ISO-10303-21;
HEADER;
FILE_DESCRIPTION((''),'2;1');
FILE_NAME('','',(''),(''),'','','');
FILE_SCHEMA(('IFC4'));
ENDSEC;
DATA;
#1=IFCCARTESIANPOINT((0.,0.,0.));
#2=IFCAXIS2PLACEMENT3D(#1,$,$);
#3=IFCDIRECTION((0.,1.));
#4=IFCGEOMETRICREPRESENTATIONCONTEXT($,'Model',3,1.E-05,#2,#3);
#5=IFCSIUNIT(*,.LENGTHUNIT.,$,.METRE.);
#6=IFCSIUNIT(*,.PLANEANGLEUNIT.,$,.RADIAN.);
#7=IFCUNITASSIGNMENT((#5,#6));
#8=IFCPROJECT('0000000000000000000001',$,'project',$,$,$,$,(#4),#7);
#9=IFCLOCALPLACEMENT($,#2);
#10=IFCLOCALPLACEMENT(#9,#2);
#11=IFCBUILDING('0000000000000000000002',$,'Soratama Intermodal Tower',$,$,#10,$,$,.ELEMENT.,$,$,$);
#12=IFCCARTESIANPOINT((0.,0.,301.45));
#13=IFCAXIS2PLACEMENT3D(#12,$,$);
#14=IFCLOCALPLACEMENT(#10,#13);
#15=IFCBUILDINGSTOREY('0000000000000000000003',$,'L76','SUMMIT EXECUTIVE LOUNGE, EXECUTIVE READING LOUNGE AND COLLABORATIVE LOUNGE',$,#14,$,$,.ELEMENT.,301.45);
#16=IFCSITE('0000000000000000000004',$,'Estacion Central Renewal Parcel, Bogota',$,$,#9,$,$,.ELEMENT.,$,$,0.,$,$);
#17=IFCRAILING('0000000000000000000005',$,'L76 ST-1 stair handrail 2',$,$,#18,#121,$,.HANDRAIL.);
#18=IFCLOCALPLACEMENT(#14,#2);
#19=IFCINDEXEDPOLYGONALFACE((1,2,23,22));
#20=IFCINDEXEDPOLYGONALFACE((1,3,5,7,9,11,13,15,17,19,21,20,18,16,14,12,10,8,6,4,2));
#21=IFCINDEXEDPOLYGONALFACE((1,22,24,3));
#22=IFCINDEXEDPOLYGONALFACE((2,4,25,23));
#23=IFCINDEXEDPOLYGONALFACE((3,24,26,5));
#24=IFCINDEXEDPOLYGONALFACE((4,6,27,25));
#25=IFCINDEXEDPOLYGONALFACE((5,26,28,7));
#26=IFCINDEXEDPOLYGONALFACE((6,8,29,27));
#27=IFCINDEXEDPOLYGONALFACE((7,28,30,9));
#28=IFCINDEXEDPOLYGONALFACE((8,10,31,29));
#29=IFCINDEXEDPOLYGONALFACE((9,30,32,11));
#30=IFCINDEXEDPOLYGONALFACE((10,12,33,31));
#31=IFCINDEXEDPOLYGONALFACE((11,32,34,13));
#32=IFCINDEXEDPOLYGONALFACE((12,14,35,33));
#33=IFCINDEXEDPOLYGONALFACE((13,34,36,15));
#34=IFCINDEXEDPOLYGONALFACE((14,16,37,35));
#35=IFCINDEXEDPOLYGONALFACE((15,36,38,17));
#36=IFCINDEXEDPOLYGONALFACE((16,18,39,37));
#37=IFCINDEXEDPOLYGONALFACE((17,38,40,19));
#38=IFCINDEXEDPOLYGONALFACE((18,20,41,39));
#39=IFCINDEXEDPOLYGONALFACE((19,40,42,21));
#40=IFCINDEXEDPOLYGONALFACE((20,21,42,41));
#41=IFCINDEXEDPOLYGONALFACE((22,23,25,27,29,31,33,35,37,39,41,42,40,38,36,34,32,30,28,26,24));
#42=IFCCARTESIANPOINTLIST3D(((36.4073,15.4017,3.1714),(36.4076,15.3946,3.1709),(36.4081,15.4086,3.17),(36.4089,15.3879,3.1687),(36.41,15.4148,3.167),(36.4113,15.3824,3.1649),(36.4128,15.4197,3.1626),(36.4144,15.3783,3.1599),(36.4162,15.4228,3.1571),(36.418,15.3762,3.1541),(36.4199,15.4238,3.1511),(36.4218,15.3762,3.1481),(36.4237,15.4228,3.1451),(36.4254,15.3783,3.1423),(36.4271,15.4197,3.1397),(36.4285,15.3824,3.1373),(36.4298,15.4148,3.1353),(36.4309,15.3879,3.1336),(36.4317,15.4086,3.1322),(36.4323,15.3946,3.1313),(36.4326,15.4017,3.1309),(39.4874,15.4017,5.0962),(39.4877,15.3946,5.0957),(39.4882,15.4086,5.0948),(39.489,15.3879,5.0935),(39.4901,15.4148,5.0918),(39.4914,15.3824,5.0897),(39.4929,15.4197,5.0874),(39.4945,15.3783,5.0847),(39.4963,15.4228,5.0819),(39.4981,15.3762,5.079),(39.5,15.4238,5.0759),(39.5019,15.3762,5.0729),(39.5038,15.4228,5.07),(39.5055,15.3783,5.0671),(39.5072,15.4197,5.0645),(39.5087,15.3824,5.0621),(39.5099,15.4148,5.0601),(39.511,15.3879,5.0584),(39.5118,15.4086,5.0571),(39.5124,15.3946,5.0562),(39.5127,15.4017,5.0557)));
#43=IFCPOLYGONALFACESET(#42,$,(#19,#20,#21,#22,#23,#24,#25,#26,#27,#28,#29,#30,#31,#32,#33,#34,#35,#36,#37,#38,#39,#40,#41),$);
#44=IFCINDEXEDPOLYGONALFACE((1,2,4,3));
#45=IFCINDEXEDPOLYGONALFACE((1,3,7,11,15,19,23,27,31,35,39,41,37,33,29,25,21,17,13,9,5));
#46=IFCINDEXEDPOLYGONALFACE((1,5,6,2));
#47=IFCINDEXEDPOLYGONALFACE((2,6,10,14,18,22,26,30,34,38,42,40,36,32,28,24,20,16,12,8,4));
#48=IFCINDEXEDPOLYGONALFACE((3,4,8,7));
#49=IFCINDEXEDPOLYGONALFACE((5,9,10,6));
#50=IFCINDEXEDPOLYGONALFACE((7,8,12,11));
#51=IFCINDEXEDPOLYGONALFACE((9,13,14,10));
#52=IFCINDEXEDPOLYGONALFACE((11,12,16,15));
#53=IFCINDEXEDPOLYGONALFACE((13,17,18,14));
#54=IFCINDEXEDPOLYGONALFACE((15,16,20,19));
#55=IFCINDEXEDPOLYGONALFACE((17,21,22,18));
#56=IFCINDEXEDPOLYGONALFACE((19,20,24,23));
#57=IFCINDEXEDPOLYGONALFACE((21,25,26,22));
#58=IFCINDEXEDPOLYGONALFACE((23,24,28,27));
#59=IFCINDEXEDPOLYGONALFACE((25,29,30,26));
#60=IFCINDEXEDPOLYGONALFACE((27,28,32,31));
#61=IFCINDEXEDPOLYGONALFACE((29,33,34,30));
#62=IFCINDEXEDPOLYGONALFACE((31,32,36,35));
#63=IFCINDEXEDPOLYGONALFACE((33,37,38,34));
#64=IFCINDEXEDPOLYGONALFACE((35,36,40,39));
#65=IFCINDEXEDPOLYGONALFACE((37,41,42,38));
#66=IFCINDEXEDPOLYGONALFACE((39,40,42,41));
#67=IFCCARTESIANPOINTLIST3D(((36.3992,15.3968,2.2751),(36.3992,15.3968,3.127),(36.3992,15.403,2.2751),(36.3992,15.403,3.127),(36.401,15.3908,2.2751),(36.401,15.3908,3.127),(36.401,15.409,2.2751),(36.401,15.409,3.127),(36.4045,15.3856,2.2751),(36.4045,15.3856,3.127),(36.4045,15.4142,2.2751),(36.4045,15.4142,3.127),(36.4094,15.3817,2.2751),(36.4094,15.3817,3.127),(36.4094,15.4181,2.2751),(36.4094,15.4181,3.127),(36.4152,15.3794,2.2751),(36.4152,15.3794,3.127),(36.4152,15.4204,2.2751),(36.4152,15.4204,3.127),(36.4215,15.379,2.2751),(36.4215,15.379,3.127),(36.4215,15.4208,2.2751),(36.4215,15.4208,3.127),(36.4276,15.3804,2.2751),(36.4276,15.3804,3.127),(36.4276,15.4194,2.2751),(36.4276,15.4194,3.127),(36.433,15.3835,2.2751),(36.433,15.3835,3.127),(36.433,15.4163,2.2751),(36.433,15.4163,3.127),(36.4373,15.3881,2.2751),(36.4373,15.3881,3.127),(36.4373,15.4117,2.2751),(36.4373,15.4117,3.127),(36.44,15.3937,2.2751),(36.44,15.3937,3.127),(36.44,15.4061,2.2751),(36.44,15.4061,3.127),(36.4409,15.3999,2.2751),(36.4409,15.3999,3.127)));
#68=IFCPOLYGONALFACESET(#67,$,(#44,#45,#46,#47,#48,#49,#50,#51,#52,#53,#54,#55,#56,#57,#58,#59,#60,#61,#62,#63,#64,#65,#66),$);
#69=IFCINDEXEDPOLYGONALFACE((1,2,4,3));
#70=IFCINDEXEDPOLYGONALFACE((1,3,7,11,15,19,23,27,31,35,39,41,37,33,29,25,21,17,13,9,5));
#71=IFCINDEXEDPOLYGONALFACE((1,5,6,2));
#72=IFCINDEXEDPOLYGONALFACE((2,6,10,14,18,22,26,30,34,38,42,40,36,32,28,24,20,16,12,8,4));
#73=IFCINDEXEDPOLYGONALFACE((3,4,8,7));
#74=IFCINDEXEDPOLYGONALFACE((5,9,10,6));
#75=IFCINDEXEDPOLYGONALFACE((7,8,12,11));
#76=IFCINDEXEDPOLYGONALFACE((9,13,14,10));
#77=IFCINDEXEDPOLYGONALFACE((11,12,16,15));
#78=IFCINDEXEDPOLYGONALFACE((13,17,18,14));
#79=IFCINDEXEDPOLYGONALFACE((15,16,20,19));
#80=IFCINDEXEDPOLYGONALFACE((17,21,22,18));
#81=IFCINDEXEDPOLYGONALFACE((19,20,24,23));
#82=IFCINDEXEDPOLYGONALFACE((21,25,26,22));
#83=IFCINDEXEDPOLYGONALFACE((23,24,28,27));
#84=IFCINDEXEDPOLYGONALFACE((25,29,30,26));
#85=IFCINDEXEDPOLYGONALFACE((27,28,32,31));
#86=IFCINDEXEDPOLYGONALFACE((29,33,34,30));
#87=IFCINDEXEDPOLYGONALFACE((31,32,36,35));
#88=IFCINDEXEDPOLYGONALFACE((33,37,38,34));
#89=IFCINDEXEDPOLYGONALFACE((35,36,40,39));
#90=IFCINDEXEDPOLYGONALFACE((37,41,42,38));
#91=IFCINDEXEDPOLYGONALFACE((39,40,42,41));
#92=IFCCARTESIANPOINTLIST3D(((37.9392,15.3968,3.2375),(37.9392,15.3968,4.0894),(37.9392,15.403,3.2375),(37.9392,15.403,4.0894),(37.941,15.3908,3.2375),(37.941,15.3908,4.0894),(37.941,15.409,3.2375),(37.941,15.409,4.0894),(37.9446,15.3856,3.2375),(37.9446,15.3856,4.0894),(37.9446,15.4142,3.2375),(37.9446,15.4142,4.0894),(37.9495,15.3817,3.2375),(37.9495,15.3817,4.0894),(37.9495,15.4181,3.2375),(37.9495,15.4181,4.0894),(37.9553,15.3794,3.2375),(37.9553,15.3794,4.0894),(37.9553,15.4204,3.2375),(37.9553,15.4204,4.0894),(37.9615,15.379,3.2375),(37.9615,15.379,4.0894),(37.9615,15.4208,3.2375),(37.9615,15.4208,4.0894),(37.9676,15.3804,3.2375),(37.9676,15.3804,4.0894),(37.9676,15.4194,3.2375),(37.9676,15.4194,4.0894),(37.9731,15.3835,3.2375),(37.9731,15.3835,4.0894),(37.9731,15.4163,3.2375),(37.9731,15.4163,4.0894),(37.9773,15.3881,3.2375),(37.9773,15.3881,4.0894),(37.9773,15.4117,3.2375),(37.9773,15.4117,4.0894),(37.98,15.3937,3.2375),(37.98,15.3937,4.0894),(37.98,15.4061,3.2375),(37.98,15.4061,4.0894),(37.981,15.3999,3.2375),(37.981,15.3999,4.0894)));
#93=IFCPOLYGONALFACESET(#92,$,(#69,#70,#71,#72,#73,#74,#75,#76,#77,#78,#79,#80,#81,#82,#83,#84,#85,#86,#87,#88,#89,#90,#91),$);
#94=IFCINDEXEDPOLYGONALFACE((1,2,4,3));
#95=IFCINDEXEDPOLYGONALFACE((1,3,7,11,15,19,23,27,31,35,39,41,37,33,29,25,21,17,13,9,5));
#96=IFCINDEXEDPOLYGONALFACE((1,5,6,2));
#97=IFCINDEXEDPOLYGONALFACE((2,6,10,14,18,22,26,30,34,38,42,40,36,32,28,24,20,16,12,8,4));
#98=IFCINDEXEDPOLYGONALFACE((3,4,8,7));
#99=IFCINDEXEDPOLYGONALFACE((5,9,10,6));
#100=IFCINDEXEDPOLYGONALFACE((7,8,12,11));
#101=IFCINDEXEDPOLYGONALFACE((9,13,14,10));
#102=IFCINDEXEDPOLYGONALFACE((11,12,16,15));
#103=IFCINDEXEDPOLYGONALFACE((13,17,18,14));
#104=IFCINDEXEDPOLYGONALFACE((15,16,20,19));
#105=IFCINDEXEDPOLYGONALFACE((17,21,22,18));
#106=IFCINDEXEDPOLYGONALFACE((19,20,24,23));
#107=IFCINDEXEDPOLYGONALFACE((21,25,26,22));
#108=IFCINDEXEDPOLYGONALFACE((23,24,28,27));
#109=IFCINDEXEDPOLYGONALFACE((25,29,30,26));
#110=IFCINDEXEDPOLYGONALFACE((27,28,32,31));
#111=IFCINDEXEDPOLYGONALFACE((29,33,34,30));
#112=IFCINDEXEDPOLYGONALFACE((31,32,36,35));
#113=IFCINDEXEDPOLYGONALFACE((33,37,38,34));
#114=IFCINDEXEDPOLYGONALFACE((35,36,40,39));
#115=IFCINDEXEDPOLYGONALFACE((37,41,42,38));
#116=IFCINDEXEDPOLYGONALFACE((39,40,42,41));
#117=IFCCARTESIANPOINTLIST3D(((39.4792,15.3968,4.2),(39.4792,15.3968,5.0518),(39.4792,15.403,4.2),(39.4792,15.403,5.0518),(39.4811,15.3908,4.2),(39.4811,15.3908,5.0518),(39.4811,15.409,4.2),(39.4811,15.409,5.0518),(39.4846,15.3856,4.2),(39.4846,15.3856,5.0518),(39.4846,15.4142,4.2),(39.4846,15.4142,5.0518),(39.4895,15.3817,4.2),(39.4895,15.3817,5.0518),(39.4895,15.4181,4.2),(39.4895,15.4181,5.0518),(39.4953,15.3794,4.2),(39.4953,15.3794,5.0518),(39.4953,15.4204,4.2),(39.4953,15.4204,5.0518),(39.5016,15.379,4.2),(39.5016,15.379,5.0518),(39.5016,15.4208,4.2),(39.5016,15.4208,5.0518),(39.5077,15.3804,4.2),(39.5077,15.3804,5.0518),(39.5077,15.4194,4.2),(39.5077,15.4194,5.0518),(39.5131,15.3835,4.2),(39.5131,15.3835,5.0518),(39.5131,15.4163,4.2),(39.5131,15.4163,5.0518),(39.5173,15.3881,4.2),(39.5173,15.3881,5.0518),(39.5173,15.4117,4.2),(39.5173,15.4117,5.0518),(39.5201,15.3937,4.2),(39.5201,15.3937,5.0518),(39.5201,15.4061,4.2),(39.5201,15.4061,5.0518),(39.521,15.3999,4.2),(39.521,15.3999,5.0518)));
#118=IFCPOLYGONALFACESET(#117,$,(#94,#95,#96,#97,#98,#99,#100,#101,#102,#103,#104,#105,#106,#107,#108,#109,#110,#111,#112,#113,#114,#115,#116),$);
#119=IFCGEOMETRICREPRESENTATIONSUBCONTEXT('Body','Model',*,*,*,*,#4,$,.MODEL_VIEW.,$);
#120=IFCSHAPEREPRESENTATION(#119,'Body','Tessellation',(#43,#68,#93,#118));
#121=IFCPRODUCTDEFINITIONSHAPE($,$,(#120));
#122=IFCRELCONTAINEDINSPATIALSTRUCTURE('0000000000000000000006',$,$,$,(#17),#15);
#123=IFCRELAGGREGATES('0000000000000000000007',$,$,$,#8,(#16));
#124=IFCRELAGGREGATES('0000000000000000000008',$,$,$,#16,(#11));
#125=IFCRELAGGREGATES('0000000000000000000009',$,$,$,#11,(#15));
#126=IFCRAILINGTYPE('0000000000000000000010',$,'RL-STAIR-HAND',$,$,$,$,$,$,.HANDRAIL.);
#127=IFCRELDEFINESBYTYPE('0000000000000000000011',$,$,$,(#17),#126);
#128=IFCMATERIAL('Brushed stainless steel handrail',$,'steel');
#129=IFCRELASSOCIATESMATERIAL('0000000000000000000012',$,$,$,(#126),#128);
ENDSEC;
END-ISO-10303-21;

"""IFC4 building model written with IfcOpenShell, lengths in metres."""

from ifc_helpers import new_model, si_unit, direction, frame, origin, origin_2d, place, context, subcontext, project, spatial, circle, extrude, material, type_object, element, save


model = new_model("IFC4")

# Units and contexts
model_context = context("Model", 3, precision=1e-05, world=origin(), true_north=direction((0.0, 1.0)))
body_context = subcontext(model_context, "Body", "Model", "MODEL_VIEW")
ifc_project = project(units=[si_unit("LENGTHUNIT", "METRE"), si_unit("PLANEANGLEUNIT", "RADIAN")], contexts=[model_context])

# Site, building, storey
site_placement = place(None, origin())
site = spatial("IfcSite", under=ifc_project, at=site_placement, Name="Estacion Central Renewal Parcel, Bogota", CompositionType="ELEMENT", RefElevation=0.0)
building_placement = place(site_placement, origin())
building = spatial("IfcBuilding", under=site, at=building_placement, Name="Soratama Intermodal Tower", CompositionType="ELEMENT")
storey_placement = place(building_placement, frame((0.0, 0.0, 301.45)))
storey = spatial("IfcBuildingStorey", under=building, at=storey_placement, Name="L76", Description="SUMMIT EXECUTIVE LOUNGE, EXECUTIVE READING LOUNGE AND COLLABORATIVE LOUNGE", CompositionType="ELEMENT", Elevation=301.45)

# Railing
ifc_material_1 = material(Name="Brushed stainless steel handrail", Category="steel")
railing_type_1 = type_object("IfcRailingType", Name="RL-STAIR-HAND", PredefinedType="HANDRAIL", material=ifc_material_1)
railing_1_placement = place(storey_placement, frame((36.4199, 15.3999, 2.2751)))
element("IfcRailing", 1, at=railing_1_placement, inside=storey, type_object=railing_type_1, Name="L76 ST-1 stair handrail 2", PredefinedType="HANDRAIL", context=body_context, shape_type="SweptSolid", body=[
    extrude(circle(Radius=0.0239, at=origin_2d()), frame((0.0, 0.0, 0.876), z_axis=(0.848029, 0.0, 0.529951), x_axis=(0.0, 1.0, 0.0)), (0.0, 0.0, 1.0), 3.6321),
    extrude(circle(Radius=0.021, at=origin_2d()), origin(), (0.0, 0.0, 1.0), 0.8518),
    extrude(circle(Radius=0.021, at=origin_2d()), frame((1.54, 0.0, 0.9624)), (0.0, 0.0, 1.0), 0.8518),
    extrude(circle(Radius=0.021, at=origin_2d()), frame((3.0801, 0.0, 1.9248)), (0.0, 0.0, 1.0), 0.8518),
])

save(model, "model.ifc")
